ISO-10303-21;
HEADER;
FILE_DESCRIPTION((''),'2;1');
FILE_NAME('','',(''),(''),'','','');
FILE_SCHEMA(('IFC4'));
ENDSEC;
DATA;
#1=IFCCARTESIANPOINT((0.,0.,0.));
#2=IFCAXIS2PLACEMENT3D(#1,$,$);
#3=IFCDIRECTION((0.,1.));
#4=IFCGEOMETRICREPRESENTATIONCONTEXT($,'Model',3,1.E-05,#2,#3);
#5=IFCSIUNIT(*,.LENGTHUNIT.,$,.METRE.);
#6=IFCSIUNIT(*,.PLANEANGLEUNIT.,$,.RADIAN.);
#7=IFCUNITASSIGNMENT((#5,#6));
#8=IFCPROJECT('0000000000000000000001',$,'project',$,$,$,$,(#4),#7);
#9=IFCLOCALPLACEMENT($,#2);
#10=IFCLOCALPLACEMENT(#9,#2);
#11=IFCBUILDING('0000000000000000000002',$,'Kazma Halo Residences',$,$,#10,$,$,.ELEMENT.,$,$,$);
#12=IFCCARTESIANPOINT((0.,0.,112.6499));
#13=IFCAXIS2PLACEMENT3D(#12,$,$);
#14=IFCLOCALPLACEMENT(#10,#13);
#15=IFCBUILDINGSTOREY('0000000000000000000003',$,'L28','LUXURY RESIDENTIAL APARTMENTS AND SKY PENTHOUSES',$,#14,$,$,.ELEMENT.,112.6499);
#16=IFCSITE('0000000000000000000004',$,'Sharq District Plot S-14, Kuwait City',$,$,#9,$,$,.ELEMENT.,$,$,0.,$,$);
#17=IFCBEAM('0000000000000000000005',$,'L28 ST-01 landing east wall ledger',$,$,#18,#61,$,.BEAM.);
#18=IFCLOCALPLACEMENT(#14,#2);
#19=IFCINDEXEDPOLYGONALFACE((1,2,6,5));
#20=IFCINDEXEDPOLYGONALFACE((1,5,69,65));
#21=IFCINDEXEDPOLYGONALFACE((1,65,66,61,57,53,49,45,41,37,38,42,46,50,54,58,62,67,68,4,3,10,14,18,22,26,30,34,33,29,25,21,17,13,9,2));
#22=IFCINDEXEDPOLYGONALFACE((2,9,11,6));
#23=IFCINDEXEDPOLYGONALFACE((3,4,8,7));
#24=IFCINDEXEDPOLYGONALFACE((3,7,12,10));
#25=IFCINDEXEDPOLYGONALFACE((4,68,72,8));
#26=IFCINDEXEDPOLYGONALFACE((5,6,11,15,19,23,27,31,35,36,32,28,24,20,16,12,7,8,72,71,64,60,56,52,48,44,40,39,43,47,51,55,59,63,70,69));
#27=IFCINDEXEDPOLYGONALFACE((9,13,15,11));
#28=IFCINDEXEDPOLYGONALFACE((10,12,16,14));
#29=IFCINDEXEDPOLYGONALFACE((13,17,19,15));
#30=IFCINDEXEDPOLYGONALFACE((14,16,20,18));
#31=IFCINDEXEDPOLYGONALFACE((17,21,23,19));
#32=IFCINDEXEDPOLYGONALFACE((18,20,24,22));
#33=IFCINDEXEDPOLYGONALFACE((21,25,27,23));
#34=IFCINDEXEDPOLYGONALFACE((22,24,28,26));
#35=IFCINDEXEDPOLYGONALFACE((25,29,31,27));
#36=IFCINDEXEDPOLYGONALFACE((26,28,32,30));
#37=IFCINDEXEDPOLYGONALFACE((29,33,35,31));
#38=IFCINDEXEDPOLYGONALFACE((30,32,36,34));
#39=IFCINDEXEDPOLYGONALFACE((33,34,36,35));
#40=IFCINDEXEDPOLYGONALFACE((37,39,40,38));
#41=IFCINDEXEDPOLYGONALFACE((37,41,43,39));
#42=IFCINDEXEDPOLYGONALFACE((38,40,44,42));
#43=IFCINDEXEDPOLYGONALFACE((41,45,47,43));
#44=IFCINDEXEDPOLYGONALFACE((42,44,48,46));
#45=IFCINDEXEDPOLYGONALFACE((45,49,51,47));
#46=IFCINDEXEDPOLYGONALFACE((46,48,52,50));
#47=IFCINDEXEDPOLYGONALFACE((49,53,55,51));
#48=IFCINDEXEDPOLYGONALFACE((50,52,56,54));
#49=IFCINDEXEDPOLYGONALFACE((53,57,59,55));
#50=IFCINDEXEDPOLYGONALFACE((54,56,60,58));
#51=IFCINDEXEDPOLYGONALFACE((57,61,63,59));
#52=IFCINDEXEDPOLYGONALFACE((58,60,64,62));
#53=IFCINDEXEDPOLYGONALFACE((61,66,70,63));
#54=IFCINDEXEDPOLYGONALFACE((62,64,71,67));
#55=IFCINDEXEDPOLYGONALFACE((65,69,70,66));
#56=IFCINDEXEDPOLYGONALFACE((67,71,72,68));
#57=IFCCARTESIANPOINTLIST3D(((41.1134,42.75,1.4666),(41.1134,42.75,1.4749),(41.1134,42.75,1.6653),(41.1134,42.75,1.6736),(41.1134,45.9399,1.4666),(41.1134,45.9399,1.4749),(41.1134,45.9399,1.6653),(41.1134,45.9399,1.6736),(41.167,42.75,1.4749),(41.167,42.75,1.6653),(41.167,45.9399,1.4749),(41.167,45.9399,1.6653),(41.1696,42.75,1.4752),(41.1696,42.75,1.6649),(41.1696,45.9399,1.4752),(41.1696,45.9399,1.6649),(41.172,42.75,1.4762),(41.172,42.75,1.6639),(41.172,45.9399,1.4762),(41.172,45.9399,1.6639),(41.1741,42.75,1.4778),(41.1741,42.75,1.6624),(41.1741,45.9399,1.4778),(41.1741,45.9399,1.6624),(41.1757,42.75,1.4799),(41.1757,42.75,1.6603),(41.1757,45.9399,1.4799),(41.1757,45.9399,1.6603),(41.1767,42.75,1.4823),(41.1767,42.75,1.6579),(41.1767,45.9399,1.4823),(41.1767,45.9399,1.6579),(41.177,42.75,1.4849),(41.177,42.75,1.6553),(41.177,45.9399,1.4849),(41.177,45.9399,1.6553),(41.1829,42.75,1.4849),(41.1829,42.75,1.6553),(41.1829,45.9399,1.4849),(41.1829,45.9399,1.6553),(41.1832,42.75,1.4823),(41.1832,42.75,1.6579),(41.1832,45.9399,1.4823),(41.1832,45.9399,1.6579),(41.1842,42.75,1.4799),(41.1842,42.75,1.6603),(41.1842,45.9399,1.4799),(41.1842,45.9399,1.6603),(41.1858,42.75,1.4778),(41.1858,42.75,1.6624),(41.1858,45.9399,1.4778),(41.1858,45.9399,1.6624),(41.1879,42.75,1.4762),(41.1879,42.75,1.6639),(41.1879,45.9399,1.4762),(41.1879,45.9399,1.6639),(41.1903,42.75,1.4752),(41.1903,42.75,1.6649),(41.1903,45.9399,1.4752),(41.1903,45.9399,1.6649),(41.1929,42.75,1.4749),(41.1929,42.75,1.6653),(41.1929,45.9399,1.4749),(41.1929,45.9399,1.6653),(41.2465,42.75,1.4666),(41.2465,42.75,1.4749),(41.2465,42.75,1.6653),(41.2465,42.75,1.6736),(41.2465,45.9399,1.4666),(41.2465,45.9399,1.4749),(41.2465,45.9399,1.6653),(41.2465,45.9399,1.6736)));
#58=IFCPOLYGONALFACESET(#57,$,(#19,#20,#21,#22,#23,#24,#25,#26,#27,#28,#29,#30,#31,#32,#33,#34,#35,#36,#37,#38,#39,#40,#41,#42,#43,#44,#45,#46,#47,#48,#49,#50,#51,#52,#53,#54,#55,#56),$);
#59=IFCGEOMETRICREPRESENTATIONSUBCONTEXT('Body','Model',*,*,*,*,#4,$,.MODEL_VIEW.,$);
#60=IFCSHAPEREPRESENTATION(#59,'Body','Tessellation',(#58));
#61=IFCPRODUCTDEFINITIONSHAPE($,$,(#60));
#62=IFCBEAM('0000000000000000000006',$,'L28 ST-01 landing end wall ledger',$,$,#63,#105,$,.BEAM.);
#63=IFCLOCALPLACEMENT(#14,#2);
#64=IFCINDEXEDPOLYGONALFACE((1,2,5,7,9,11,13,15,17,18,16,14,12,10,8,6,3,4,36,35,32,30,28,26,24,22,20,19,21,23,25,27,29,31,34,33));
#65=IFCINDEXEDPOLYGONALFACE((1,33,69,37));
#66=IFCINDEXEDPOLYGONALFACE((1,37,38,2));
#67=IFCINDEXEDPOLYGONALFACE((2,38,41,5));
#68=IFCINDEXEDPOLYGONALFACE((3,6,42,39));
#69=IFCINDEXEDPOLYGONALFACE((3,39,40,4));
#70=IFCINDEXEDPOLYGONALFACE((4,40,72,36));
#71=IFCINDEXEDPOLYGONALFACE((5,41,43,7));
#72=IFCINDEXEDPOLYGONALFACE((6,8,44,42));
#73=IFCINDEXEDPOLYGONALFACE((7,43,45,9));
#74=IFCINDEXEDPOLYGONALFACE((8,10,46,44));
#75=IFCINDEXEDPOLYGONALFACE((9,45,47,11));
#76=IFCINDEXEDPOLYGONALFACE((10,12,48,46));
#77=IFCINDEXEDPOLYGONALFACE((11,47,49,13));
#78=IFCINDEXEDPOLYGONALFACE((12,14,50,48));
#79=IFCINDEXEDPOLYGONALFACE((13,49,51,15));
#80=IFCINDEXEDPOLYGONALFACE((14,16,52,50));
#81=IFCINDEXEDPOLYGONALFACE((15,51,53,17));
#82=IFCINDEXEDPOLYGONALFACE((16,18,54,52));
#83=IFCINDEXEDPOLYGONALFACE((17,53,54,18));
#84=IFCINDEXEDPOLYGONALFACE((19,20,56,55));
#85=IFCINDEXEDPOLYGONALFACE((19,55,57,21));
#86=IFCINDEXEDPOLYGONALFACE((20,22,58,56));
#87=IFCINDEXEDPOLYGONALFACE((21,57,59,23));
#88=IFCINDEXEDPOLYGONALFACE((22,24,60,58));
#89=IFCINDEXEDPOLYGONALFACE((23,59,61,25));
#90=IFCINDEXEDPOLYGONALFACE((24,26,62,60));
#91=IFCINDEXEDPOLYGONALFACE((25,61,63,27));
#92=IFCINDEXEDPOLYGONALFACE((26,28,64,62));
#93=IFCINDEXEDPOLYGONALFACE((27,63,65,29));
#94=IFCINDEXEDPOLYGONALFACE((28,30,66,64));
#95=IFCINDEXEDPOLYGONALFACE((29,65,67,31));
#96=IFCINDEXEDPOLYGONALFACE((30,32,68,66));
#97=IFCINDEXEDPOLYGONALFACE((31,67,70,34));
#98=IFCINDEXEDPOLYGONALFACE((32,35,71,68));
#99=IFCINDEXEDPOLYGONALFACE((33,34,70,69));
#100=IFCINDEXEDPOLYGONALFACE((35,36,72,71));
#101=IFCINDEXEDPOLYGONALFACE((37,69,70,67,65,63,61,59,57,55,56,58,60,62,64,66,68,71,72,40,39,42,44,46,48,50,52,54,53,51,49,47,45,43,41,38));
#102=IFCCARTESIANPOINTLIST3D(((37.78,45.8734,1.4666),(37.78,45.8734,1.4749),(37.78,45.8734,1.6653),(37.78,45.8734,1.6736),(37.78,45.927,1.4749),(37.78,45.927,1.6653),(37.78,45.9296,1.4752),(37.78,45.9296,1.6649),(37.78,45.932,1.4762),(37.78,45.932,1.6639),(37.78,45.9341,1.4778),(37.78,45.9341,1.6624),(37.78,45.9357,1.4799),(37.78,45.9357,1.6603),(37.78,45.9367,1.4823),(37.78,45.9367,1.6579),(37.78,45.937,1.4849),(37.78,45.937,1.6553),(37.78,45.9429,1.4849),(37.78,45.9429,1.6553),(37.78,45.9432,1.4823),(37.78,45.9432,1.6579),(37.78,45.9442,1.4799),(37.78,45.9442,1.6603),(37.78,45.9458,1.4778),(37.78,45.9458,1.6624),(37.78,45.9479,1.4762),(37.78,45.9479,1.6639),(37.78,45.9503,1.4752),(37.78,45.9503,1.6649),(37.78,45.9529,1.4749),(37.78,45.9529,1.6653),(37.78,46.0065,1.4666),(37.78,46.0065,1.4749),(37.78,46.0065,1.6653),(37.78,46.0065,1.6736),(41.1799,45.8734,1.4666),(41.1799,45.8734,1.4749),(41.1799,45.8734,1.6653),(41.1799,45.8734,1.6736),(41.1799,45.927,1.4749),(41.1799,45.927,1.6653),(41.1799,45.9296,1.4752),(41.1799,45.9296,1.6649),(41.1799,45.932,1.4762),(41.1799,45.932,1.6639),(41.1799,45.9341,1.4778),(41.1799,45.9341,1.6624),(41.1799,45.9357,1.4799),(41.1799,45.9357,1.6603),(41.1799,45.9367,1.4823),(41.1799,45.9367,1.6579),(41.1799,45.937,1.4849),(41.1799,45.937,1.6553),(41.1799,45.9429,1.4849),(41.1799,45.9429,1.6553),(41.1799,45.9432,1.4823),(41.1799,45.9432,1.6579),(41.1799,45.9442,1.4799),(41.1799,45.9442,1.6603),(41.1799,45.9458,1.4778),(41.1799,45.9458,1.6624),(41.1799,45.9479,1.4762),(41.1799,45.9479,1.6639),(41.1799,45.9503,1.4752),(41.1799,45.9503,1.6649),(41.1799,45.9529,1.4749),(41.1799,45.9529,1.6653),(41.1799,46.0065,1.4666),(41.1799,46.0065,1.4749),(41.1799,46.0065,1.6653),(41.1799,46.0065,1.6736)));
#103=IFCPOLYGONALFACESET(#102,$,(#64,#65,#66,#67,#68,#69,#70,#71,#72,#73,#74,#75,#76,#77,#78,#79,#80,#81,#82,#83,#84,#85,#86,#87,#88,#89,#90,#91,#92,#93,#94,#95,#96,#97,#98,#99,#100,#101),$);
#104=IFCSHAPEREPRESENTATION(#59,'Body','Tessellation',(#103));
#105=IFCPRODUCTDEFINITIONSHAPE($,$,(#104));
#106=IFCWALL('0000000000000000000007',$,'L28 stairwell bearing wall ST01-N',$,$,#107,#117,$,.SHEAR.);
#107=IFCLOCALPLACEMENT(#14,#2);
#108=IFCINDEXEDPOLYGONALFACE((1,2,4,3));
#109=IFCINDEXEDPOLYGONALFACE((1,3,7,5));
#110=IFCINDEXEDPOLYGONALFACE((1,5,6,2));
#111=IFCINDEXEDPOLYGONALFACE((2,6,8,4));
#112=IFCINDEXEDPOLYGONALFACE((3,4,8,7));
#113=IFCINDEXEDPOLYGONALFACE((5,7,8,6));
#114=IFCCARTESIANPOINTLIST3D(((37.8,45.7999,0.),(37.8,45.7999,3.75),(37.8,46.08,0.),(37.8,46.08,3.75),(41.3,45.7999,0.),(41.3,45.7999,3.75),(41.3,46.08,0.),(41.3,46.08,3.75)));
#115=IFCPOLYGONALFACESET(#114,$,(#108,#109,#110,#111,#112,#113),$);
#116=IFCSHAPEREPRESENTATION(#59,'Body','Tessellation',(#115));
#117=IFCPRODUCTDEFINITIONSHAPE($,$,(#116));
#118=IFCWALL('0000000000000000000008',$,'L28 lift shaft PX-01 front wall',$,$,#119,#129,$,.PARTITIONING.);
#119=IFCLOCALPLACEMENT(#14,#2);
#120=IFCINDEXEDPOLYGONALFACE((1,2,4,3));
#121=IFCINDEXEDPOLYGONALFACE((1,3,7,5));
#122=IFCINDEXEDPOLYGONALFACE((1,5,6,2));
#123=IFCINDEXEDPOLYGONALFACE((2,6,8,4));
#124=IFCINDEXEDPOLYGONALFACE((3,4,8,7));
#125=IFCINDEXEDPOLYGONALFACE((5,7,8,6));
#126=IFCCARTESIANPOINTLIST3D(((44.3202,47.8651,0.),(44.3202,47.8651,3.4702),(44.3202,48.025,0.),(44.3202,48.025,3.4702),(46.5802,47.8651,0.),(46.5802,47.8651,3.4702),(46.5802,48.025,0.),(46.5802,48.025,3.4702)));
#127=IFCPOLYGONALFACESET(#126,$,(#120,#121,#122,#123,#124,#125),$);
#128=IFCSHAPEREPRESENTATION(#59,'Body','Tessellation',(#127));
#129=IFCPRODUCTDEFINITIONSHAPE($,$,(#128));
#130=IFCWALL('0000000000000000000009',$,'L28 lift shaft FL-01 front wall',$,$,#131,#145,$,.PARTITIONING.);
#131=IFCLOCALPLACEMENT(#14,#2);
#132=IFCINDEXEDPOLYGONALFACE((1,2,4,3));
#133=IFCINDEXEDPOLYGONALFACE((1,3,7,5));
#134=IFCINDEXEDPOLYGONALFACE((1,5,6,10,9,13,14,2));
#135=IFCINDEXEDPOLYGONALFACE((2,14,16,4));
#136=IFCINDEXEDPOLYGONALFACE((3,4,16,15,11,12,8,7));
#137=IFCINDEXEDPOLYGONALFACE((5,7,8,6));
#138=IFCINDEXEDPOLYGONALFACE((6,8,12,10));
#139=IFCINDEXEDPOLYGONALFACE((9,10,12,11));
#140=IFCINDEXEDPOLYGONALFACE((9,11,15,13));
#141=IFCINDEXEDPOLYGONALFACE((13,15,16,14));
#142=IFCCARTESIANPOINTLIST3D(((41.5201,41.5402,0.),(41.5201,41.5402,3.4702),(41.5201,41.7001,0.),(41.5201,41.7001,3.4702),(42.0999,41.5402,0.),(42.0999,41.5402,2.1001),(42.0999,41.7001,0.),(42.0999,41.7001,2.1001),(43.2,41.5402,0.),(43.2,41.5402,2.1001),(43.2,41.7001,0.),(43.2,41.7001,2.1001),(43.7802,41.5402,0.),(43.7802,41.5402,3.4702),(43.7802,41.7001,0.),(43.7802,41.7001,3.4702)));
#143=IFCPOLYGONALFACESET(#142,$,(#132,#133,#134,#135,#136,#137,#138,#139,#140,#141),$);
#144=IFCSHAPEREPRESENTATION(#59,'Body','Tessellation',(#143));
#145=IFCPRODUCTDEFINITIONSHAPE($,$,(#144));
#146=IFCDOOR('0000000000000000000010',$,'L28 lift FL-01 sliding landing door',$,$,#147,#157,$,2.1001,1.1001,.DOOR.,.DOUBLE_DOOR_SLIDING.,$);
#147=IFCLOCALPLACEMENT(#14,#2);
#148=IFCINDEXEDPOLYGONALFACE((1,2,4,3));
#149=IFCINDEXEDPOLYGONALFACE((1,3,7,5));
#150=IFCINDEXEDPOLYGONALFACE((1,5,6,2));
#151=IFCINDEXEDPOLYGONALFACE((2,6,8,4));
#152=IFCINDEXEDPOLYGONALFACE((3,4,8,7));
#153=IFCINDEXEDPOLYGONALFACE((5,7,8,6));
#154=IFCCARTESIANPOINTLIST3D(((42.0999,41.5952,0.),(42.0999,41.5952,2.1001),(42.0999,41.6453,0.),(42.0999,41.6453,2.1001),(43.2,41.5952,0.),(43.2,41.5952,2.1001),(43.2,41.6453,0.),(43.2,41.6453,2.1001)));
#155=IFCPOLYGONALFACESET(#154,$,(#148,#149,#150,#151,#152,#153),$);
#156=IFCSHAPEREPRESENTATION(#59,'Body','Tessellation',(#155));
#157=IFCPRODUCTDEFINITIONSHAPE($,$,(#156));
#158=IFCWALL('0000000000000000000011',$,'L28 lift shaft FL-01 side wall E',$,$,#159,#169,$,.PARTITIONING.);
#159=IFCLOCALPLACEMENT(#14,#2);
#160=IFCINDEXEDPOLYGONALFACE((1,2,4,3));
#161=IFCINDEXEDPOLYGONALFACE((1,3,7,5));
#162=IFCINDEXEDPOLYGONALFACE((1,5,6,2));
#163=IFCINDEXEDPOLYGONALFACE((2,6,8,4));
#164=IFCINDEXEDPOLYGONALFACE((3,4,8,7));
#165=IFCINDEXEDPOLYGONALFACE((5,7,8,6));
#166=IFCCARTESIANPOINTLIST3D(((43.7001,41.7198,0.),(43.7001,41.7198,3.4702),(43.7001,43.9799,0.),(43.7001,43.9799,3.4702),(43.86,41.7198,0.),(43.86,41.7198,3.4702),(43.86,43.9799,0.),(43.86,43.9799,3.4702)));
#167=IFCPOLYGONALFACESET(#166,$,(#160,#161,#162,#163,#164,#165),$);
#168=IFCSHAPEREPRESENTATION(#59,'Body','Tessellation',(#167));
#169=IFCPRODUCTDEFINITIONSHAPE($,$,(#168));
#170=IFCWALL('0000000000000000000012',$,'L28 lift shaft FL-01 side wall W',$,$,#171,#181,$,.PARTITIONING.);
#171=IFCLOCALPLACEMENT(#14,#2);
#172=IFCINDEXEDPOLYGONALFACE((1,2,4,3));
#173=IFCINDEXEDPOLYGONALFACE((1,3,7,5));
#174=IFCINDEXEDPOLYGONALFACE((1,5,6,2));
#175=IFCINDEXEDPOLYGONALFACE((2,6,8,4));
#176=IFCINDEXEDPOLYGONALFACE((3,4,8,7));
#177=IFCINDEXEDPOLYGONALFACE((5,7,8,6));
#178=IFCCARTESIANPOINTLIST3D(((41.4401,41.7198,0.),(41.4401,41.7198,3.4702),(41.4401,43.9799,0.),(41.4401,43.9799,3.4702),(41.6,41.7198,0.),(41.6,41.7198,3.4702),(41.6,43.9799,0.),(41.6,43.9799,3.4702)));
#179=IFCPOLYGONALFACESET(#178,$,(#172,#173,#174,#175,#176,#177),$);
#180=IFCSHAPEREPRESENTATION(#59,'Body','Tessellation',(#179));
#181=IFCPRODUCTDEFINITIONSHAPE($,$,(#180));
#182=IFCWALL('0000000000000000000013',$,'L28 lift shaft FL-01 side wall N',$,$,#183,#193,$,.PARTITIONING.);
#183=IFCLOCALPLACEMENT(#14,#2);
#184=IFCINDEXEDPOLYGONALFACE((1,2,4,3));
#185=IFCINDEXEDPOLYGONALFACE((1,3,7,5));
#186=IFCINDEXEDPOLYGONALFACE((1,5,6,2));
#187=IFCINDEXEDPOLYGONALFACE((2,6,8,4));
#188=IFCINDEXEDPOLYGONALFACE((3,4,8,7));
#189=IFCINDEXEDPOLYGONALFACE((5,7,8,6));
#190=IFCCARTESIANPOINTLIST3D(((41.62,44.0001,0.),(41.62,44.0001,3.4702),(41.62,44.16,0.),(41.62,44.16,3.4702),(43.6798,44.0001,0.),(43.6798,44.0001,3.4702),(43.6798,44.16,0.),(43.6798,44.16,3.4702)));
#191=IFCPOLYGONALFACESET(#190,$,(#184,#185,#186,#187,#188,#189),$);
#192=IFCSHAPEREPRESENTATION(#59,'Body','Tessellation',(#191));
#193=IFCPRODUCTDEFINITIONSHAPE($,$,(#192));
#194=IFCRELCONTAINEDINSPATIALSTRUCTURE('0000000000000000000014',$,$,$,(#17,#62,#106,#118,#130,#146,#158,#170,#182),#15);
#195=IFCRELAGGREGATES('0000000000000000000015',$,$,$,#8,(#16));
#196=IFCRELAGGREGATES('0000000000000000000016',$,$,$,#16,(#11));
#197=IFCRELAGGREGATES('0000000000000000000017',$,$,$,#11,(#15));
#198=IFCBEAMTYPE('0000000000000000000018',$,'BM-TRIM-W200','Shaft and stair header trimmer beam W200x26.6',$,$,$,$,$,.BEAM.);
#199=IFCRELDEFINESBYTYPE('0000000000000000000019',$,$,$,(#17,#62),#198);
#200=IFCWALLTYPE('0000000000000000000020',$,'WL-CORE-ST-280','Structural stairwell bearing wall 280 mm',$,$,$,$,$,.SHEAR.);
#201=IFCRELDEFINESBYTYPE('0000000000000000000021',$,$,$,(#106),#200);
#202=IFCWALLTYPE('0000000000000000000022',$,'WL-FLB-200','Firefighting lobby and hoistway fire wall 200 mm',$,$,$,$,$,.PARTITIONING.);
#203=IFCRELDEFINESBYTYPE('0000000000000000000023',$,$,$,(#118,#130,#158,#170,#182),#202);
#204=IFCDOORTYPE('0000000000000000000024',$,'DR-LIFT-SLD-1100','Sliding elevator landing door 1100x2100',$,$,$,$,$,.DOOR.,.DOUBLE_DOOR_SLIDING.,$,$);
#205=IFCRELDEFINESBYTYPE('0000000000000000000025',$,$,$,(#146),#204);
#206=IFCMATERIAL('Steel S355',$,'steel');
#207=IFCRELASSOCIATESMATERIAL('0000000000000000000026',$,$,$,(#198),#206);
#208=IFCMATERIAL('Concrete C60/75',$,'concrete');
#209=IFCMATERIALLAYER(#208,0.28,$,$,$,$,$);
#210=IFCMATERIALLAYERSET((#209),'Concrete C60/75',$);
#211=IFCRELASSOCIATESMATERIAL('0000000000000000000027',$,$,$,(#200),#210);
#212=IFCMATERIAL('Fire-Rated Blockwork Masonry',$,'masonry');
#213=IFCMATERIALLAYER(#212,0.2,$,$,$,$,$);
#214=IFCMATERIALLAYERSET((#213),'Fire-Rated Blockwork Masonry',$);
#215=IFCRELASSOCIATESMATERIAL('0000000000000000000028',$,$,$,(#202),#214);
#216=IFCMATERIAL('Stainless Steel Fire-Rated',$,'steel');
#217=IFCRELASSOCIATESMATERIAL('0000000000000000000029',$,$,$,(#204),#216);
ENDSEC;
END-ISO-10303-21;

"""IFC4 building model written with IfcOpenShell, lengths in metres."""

from ifc_helpers import new_model, si_unit, direction, frame, frame_2d, origin, origin_2d, place, context, subcontext, project, spatial, rectangle, i_section, extrude, material, layer, layer_set, material_profile, profile_set, type_object, element, fill, save


model = new_model("IFC4")

# Units and contexts
model_context = context("Model", 3, precision=1e-05, world=origin(), true_north=direction((0.0, 1.0)))
body_context = subcontext(model_context, "Body", "Model", "MODEL_VIEW")
ifc_project = project(units=[si_unit("LENGTHUNIT", "METRE"), si_unit("PLANEANGLEUNIT", "RADIAN")], contexts=[model_context])

# Site, building, storey
site_placement = place(None, origin())
site = spatial("IfcSite", under=ifc_project, at=site_placement, Name="Sharq District Plot S-14, Kuwait City", CompositionType="ELEMENT", RefElevation=0.0)
building_placement = place(site_placement, origin())
building = spatial("IfcBuilding", under=site, at=building_placement, Name="Kazma Halo Residences", CompositionType="ELEMENT")
storey_placement = place(building_placement, frame((0.0, 0.0, 112.6499)))
storey = spatial("IfcBuildingStorey", under=building, at=storey_placement, Name="L28", Description="LUXURY RESIDENTIAL APARTMENTS AND SKY PENTHOUSES", CompositionType="ELEMENT", Elevation=112.6499)

# Shared definitions
ifc_material_1 = material(Name="Steel S355", Category="steel")

# Beams
ifc_material_profile_1 = material_profile(ifc_material_1, i_section(OverallWidth=0.1331, OverallDepth=0.207, WebThickness=0.0059, FlangeThickness=0.0083, FilletRadius=0.01, at=origin_2d()), Name="W200x26.6")
ifc_profile_set_1 = profile_set([ifc_material_profile_1], Name="Steel S355")
beam_type_1 = type_object("IfcBeamType", Name="BM-TRIM-W200", Description="Shaft and stair header trimmer beam W200x26.6", PredefinedType="BEAM", material=ifc_profile_set_1)
beam_1_placement = place(storey_placement, frame((41.1799, 42.75, 1.5701), z_axis=(0.0, 1.0, 0.0), x_axis=(-1.0, 0.0, 0.0)))
element("IfcBeam", 1, at=beam_1_placement, inside=storey, type_object=beam_type_1, Name="L28 ST-01 landing east wall ledger", PredefinedType="BEAM", context=body_context, shape_type="SweptSolid", body=[
    extrude(i_section(OverallWidth=0.1331, OverallDepth=0.207, WebThickness=0.0059, FlangeThickness=0.0083, FilletRadius=0.01, at=origin_2d()), origin(), (0.0, 0.0, 1.0), 3.1899),
])
beam_2_placement = place(storey_placement, frame((37.78, 45.9399, 1.5701), z_axis=(1.0, 0.0, 0.0), x_axis=(0.0, 1.0, 0.0)))
element("IfcBeam", 2, at=beam_2_placement, inside=storey, type_object=beam_type_1, Name="L28 ST-01 landing end wall ledger", PredefinedType="BEAM", context=body_context, shape_type="SweptSolid", body=[
    extrude(i_section(OverallWidth=0.1331, OverallDepth=0.207, WebThickness=0.0059, FlangeThickness=0.0083, FilletRadius=0.01, at=origin_2d()), origin(), (0.0, 0.0, 1.0), 3.3999),
])

# Walls
ifc_material_2 = material(Name="Concrete C60/75", Category="concrete")
ifc_layer_1 = layer(ifc_material_2, 0.28)
ifc_layer_set_1 = layer_set([ifc_layer_1], Name="Concrete C60/75")
wall_type_1 = type_object("IfcWallType", Name="WL-CORE-ST-280", Description="Structural stairwell bearing wall 280 mm", PredefinedType="SHEAR", material=ifc_layer_set_1)
wall_1_placement = place(storey_placement, frame((37.8, 45.9399, 0.0), z_axis=(0.0, 0.0, 1.0), x_axis=(1.0, 0.0, 0.0)))
element("IfcWall", 3, at=wall_1_placement, inside=storey, type_object=wall_type_1, Name="L28 stairwell bearing wall ST01-N", PredefinedType="SHEAR", context=body_context, shape_type="SweptSolid", body=[
    extrude(rectangle(XDim=3.5, YDim=0.28, at=frame_2d((1.75, 0.0))), origin(), (0.0, 0.0, 1.0), 3.75),
])
ifc_material_3 = material(Name="Fire-Rated Blockwork Masonry", Category="masonry")
ifc_layer_2 = layer(ifc_material_3, 0.2)
ifc_layer_set_2 = layer_set([ifc_layer_2], Name="Fire-Rated Blockwork Masonry")
wall_type_2 = type_object("IfcWallType", Name="WL-FLB-200", Description="Firefighting lobby and hoistway fire wall 200 mm", PredefinedType="PARTITIONING", material=ifc_layer_set_2)
wall_2_placement = place(storey_placement, frame((46.5801, 47.9451, 0.0), z_axis=(0.0, 0.0, 1.0), x_axis=(-1.0, 0.0, 0.0)))
element("IfcWall", 4, at=wall_2_placement, inside=storey, type_object=wall_type_2, Name="L28 lift shaft PX-01 front wall", PredefinedType="PARTITIONING", context=body_context, shape_type="SweptSolid", body=[
    extrude(rectangle(XDim=2.26, YDim=0.1599, at=frame_2d((1.1299, 0.0))), origin(), (0.0, 0.0, 1.0), 3.4702),
])

# Wall, opening, door
wall_3_placement = place(storey_placement, frame((43.78, 41.6201, 0.0), z_axis=(0.0, 0.0, 1.0), x_axis=(-1.0, 0.0, 0.0)))
wall_3 = element("IfcWall", 5, at=wall_3_placement, inside=storey, type_object=wall_type_2, Name="L28 lift shaft FL-01 front wall", PredefinedType="PARTITIONING", context=body_context, shape_type="SweptSolid", body=[
    extrude(rectangle(XDim=2.26, YDim=0.1599, at=frame_2d((1.1299, 0.0))), origin(), (0.0, 0.0, 1.0), 3.4702),
])
opening_1_placement = place(wall_3_placement, frame((0.5801, 0.0, 0.0)))
opening_1 = element("IfcOpeningElement", 6, at=opening_1_placement, cuts=wall_3, PredefinedType="OPENING", context=body_context, shape_type="SweptSolid", body=[
    extrude(rectangle(XDim=1.1001, YDim=2.1001, at=frame_2d((0.55, 1.05))), frame((0.0, 0.0898, 0.0), z_axis=(0.0, -1.0, 0.0), x_axis=(1.0, 0.0, 0.0)), (0.0, 0.0, 1.0), 0.1799),
])
ifc_material_4 = material(Name="Stainless Steel Fire-Rated", Category="steel")
door_type_1 = type_object("IfcDoorType", Name="DR-LIFT-SLD-1100", Description="Sliding elevator landing door 1100x2100", OperationType="DOUBLE_DOOR_SLIDING", PredefinedType="DOOR", material=ifc_material_4)
door_1_placement = place(opening_1_placement, origin())
door_1 = element("IfcDoor", 7, at=door_1_placement, inside=storey, type_object=door_type_1, Name="L28 lift FL-01 sliding landing door", OperationType="DOUBLE_DOOR_SLIDING", OverallHeight=2.1001, OverallWidth=1.1001, PredefinedType="DOOR", context=body_context, shape_type="SweptSolid", body=[
    extrude(rectangle(XDim=1.1001, YDim=2.1001, at=frame_2d((0.55, 1.05))), frame((0.0, 0.0249, 0.0), z_axis=(0.0, -1.0, 0.0), x_axis=(1.0, 0.0, 0.0)), (0.0, 0.0, 1.0), 0.05),
])
fill(opening_1, door_1)

# Walls
for number, where, z_axis, x_axis, name in (
    (8, (43.78, 41.72, 0.0), (0.0, 0.0, 1.0), (0.0, 1.0, 0.0), "L28 lift shaft FL-01 side wall E"),
    (9, (41.52, 41.72, 0.0), (0.0, 0.0, 1.0), (0.0, 1.0, 0.0), "L28 lift shaft FL-01 side wall W"),
):
    element("IfcWall", number, at=place(storey_placement, frame(where, z_axis=z_axis, x_axis=x_axis)), inside=storey, type_object=wall_type_2, Name=name, PredefinedType="PARTITIONING", context=body_context, shape_type="SweptSolid", body=[
        extrude(rectangle(XDim=2.26, YDim=0.1599, at=frame_2d((1.1299, 0.0))), origin(), (0.0, 0.0, 1.0), 3.4702),
    ])
wall_4_placement = place(storey_placement, frame((41.6201, 44.0801, 0.0), z_axis=(0.0, 0.0, 1.0), x_axis=(1.0, 0.0, 0.0)))
element("IfcWall", 10, at=wall_4_placement, inside=storey, type_object=wall_type_2, Name="L28 lift shaft FL-01 side wall N", PredefinedType="PARTITIONING", context=body_context, shape_type="SweptSolid", body=[
    extrude(rectangle(XDim=2.0598, YDim=0.1599, at=frame_2d((1.0298, 0.0))), origin(), (0.0, 0.0, 1.0), 3.4702),
])

save(model, "model.ifc")
